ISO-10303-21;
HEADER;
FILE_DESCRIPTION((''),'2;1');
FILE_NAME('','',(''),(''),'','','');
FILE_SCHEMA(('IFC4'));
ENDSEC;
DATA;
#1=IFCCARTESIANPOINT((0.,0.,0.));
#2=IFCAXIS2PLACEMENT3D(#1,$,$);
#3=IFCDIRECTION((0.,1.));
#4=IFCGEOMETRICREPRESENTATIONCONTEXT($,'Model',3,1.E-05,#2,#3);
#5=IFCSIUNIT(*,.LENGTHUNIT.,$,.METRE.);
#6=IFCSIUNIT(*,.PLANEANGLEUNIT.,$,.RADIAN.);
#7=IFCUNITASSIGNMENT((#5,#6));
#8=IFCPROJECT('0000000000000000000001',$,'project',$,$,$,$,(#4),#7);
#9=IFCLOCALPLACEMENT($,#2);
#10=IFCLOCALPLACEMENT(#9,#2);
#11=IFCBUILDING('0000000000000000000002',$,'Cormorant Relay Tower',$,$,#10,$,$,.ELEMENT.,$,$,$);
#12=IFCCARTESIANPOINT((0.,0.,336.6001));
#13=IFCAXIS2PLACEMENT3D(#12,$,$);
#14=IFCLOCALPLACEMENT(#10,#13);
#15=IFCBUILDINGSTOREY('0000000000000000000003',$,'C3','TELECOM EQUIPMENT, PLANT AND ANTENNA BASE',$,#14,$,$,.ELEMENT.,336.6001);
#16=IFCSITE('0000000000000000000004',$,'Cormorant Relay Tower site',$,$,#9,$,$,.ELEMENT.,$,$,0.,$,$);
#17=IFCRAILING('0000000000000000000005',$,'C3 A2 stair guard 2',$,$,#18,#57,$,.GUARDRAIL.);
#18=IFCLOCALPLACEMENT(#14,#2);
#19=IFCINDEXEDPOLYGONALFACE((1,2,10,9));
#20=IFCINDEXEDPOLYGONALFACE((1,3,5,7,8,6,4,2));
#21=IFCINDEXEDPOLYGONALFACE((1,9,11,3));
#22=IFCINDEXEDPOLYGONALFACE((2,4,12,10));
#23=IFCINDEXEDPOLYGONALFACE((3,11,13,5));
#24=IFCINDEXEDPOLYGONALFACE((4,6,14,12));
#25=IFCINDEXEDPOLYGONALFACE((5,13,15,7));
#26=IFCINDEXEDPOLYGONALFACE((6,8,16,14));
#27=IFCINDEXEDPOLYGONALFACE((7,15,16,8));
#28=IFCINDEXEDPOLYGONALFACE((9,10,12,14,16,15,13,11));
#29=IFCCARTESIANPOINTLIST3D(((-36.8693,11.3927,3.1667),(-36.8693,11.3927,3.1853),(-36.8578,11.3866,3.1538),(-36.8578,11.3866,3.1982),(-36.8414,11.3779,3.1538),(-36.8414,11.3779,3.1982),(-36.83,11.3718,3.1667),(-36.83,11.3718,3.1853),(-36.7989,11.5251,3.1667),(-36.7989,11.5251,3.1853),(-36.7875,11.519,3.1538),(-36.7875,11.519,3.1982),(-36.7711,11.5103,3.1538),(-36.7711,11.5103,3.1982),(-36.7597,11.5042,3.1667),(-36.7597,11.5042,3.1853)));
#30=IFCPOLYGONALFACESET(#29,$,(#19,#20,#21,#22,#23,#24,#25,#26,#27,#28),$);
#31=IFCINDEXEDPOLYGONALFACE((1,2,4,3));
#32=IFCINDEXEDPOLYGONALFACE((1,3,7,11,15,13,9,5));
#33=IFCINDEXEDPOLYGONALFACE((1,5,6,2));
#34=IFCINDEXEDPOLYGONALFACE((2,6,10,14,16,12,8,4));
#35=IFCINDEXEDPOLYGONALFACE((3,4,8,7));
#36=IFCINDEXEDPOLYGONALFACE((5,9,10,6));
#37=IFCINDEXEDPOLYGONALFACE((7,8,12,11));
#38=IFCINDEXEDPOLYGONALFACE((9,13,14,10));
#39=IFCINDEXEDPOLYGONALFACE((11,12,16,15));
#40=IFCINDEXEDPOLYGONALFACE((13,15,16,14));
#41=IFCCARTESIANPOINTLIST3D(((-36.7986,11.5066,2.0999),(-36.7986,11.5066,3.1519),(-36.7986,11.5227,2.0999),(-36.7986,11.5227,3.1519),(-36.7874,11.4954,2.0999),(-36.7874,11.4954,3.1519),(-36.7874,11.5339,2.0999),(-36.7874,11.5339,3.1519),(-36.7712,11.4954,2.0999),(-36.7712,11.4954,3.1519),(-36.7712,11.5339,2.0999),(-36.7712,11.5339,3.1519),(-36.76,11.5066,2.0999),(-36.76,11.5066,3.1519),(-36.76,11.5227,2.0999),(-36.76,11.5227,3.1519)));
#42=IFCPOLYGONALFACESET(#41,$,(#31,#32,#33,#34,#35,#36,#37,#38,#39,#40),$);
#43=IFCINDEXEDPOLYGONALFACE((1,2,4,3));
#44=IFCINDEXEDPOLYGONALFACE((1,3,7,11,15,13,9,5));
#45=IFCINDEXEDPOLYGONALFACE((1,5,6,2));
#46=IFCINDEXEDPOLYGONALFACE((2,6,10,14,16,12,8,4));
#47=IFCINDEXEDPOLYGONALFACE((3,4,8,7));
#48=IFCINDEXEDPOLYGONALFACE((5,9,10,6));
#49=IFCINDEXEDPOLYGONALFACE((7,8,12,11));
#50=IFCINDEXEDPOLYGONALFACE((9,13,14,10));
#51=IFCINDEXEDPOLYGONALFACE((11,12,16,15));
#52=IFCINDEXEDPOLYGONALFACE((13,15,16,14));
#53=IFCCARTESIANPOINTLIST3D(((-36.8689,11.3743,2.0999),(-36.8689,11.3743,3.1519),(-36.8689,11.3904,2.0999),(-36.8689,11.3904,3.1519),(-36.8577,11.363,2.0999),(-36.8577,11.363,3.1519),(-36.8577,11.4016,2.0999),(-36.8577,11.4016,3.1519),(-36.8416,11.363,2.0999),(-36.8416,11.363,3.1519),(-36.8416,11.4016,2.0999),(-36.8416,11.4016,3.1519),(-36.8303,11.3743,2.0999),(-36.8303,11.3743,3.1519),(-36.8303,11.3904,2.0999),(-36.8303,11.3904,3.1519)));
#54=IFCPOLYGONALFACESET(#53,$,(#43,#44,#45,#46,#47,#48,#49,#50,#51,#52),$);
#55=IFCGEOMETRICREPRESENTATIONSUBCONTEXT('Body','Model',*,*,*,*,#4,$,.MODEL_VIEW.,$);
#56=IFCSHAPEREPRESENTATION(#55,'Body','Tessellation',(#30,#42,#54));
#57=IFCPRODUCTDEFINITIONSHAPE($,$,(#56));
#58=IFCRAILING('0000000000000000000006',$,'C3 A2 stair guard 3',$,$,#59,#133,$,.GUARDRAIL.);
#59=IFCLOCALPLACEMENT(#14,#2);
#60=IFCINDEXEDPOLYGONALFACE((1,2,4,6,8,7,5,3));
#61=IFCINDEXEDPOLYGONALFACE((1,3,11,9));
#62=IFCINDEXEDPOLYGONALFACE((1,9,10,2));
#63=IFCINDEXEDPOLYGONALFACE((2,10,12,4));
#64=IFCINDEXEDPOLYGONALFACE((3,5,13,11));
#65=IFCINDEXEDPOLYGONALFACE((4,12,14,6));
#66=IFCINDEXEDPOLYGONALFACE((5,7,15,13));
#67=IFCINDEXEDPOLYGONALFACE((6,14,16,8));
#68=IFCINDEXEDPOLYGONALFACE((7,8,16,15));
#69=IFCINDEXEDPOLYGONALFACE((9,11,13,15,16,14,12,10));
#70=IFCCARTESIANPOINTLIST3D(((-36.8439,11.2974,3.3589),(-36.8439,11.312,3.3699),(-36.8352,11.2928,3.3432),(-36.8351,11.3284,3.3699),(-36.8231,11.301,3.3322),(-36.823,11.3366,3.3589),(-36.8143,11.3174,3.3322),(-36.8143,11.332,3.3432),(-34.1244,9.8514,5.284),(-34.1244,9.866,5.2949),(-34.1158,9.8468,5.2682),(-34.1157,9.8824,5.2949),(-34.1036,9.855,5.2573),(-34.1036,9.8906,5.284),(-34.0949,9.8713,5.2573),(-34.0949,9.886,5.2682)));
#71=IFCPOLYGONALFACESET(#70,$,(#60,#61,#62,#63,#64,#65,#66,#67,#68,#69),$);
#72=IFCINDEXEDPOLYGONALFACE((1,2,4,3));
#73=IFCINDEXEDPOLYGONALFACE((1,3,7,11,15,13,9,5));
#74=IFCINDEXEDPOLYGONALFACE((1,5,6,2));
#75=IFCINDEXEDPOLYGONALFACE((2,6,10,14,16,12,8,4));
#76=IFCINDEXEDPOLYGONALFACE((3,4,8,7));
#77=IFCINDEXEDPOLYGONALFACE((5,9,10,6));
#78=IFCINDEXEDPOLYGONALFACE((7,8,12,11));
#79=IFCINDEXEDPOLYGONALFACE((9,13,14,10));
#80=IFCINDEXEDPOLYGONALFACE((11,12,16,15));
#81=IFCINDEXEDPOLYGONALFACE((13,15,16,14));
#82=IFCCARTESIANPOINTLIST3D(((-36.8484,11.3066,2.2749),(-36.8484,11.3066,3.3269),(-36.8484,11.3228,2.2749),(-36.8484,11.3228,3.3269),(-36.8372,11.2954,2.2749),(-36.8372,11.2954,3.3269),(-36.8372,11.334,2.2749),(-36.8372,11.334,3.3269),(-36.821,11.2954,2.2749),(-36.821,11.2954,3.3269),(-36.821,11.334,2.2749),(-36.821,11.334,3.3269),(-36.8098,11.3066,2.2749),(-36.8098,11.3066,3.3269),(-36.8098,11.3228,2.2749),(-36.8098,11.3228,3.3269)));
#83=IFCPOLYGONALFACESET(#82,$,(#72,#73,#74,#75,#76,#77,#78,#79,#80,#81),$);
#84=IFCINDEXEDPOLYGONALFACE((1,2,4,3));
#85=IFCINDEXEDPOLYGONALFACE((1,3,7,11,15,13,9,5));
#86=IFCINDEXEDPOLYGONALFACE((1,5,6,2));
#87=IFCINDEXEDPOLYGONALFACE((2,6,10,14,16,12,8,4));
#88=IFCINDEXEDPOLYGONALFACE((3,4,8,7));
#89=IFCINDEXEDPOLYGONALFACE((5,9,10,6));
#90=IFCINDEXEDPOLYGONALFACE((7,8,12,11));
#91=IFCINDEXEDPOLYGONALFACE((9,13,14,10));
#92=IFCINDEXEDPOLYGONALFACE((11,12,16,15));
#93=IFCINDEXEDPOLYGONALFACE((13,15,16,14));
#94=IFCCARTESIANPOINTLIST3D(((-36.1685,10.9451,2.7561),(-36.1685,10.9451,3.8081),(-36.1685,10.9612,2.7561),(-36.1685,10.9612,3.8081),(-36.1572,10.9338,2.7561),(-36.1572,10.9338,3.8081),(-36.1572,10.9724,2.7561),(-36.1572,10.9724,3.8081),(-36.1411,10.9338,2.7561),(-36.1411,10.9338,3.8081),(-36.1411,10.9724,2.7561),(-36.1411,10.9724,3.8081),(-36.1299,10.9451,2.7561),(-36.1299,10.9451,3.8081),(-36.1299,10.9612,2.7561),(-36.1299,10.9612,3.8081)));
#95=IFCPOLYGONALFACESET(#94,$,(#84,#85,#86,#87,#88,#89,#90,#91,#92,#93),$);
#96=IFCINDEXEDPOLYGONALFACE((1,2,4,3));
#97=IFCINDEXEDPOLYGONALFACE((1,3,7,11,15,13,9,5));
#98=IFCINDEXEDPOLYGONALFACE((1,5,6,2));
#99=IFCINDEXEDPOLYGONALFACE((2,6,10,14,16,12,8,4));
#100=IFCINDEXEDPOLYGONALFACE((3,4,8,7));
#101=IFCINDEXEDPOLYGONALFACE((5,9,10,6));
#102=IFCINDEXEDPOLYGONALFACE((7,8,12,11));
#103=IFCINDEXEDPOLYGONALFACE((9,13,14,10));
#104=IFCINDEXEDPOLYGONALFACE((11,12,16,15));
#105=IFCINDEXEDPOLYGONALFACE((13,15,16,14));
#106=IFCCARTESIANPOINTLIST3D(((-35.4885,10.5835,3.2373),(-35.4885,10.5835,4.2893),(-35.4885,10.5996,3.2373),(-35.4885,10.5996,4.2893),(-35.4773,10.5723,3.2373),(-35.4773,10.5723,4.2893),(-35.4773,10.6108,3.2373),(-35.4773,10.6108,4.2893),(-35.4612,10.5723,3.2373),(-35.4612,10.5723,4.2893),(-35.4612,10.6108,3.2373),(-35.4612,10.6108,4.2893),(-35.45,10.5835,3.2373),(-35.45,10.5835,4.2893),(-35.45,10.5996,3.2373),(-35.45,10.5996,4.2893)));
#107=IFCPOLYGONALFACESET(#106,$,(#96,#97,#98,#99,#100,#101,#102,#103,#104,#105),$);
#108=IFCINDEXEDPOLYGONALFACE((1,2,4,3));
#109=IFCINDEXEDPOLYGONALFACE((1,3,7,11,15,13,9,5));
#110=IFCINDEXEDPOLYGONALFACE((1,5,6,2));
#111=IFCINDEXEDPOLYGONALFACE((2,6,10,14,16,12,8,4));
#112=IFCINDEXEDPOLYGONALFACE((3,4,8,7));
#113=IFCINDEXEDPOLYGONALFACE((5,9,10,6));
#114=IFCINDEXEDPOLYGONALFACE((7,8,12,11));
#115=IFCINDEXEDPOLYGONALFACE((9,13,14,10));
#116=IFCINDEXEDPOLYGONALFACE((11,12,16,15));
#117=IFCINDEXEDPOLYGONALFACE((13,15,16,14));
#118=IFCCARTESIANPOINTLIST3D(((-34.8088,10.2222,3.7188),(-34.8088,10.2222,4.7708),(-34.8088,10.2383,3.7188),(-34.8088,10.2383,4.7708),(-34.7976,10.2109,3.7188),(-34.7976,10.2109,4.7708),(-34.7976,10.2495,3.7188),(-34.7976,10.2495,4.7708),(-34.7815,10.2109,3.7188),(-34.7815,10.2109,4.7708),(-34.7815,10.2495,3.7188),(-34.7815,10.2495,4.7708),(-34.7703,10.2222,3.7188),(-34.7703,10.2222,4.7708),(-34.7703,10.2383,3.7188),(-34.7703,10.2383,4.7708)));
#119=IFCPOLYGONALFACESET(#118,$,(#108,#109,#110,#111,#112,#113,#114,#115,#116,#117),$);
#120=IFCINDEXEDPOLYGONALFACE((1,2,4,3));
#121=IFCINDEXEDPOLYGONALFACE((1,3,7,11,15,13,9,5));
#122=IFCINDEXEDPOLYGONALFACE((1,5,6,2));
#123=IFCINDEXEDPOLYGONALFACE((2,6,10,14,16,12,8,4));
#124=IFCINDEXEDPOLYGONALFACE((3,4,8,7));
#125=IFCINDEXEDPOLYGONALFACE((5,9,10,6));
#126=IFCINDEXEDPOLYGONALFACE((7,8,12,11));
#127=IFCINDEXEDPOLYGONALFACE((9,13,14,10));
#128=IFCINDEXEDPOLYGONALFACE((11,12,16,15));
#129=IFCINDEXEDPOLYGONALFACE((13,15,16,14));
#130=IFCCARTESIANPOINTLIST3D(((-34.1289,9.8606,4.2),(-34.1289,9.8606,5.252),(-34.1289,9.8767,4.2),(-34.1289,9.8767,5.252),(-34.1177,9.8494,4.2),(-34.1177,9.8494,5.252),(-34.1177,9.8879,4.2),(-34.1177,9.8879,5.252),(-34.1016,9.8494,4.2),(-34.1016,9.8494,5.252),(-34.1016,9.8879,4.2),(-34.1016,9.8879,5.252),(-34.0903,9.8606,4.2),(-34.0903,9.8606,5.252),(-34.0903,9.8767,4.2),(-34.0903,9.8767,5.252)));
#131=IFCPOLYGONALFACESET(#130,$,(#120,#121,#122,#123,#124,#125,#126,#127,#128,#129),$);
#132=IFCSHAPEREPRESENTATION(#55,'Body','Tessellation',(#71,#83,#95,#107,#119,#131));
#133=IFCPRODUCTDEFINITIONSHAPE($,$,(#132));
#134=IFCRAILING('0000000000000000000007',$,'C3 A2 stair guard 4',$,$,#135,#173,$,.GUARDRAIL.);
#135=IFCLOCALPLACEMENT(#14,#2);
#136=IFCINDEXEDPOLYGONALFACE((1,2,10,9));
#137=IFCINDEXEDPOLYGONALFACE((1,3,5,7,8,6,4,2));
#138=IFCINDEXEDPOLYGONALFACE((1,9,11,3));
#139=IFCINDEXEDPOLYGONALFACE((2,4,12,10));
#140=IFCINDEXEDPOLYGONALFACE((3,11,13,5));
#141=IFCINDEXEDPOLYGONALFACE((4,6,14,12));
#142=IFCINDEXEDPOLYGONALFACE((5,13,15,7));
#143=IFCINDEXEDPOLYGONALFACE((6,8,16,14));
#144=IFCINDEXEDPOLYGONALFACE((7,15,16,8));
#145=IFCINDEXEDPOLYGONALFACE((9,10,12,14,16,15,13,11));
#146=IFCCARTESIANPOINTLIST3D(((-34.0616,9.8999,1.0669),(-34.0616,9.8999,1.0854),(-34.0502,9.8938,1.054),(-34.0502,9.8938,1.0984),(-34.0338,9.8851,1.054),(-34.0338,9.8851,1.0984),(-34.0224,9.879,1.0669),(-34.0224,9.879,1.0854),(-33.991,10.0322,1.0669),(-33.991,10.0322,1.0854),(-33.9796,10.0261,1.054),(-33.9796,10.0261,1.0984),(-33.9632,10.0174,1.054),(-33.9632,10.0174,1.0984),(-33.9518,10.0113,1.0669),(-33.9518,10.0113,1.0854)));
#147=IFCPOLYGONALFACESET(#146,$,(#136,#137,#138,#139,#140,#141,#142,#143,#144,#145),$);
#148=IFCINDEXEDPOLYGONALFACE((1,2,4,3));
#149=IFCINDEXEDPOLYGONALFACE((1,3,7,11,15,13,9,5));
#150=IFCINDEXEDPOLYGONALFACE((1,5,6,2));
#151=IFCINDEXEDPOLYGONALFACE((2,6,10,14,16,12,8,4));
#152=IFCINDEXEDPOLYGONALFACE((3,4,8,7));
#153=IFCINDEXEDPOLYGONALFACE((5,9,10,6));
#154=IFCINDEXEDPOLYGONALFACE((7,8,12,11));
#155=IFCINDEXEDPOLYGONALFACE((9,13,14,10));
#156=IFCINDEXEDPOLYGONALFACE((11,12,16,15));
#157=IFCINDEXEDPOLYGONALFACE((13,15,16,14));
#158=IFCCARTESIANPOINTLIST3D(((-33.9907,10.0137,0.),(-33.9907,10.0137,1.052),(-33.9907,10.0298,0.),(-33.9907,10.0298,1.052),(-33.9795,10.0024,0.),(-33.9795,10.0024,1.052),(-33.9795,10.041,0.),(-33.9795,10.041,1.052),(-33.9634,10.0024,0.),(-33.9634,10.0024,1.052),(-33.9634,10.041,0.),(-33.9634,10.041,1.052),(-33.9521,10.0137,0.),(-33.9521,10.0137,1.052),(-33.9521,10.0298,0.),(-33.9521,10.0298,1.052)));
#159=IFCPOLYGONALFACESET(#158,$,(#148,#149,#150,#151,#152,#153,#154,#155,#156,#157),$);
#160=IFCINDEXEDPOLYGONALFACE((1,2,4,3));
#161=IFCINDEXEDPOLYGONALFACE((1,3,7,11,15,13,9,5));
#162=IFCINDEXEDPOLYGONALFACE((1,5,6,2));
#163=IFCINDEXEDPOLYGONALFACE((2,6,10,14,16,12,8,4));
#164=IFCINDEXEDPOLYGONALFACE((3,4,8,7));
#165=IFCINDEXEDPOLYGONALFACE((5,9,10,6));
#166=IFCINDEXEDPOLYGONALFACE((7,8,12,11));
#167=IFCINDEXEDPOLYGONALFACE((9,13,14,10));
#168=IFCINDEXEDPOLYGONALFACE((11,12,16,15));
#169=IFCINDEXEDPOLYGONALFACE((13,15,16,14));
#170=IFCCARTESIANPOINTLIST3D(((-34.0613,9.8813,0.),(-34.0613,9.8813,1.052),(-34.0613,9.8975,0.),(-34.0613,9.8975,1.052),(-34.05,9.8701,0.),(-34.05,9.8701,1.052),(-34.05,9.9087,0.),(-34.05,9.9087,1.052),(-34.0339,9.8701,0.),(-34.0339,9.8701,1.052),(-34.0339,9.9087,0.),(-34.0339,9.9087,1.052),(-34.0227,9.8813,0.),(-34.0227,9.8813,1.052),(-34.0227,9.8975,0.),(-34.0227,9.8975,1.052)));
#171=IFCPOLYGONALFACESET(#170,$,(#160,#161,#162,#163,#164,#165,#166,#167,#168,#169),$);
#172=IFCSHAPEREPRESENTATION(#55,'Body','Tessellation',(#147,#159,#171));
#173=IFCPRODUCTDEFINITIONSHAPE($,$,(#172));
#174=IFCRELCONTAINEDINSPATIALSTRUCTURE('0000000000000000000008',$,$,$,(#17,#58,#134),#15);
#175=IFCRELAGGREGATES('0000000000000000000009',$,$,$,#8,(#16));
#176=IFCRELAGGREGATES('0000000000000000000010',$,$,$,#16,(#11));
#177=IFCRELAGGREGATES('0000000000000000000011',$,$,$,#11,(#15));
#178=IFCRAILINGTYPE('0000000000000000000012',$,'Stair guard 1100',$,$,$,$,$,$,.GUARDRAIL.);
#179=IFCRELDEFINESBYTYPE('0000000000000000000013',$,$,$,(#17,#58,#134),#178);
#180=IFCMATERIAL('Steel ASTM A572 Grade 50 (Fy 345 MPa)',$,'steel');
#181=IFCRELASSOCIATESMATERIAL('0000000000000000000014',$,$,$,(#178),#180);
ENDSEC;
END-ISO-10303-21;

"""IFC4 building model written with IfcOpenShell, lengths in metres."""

from ifc_helpers import new_model, si_unit, direction, frame, origin, place, context, subcontext, project, spatial, polyline, outline, extrude, material, type_object, element, save


model = new_model("IFC4")

# Units and contexts
model_context = context("Model", 3, precision=1e-05, world=origin(), true_north=direction((0.0, 1.0)))
body_context = subcontext(model_context, "Body", "Model", "MODEL_VIEW")
ifc_project = project(units=[si_unit("LENGTHUNIT", "METRE"), si_unit("PLANEANGLEUNIT", "RADIAN")], contexts=[model_context])

# Site, building, storey
site_placement = place(None, origin())
site = spatial("IfcSite", under=ifc_project, at=site_placement, Name="Cormorant Relay Tower site", CompositionType="ELEMENT", RefElevation=0.0)
building_placement = place(site_placement, origin())
building = spatial("IfcBuilding", under=site, at=building_placement, Name="Cormorant Relay Tower", CompositionType="ELEMENT")
storey_placement = place(building_placement, frame((0.0, 0.0, 336.6001)))
storey = spatial("IfcBuildingStorey", under=building, at=storey_placement, Name="C3", Description="TELECOM EQUIPMENT, PLANT AND ANTENNA BASE", CompositionType="ELEMENT", Elevation=336.6001)

# Railings
ifc_material_1 = material(Name="Steel ASTM A572 Grade 50 (Fy 345 MPa)", Category="steel")
railing_type_1 = type_object("IfcRailingType", Name="Stair guard 1100", PredefinedType="GUARDRAIL", material=ifc_material_1)
railing_1_placement = place(storey_placement, frame((-36.7793, 11.5146, 2.0999)))
element("IfcRailing", 1, at=railing_1_placement, inside=storey, type_object=railing_type_1, Name="C3 A2 stair guard 2", PredefinedType="GUARDRAIL", context=body_context, shape_type="SweptSolid", body=[
    extrude(outline(polyline([(0.0222, 0.0093), (0.0093, 0.0222), (-0.0093, 0.0222), (-0.0222, 0.0093), (-0.0222, -0.0093), (-0.0093, -0.0222), (0.0093, -0.0222), (0.0222, -0.0093), (0.0222, 0.0093)])), frame((0.0, 0.0, 1.0762), z_axis=(-0.469235, -0.883074, 0.0), x_axis=(0.883074, -0.469235, 0.0)), (0.0, 0.0, 1.0), 0.1499),
    extrude(outline(polyline([(0.0193, 0.0081), (0.0081, 0.0193), (-0.0081, 0.0193), (-0.0193, 0.0081), (-0.0193, -0.0081), (-0.0081, -0.0193), (0.0081, -0.0193), (0.0193, -0.0081), (0.0193, 0.0081)])), origin(), (0.0, 0.0, 1.0), 1.052),
    extrude(outline(polyline([(0.0193, 0.0081), (0.0081, 0.0193), (-0.0081, 0.0193), (-0.0193, 0.0081), (-0.0193, -0.0081), (-0.0081, -0.0193), (0.0081, -0.0193), (0.0193, -0.0081), (0.0193, 0.0081)])), frame((-0.0703, -0.1323, 0.0)), (0.0, 0.0, 1.0), 1.052),
])
railing_2_placement = place(storey_placement, frame((-36.8291, 11.3147, 2.2749)))
element("IfcRailing", 2, at=railing_2_placement, inside=storey, type_object=railing_type_1, Name="C3 A2 stair guard 3", PredefinedType="GUARDRAIL", context=body_context, shape_type="SweptSolid", body=[
    extrude(outline(polyline([(0.0222, 0.0093), (0.0093, 0.0222), (-0.0093, 0.0222), (-0.0222, 0.0093), (-0.0222, -0.0093), (-0.0093, -0.0222), (0.0093, -0.0222), (0.0222, -0.0093), (0.0222, 0.0093)])), frame((0.0, 0.0, 1.0762), z_axis=(0.748727, -0.398125, 0.530004), x_axis=(0.469489, 0.882938, 0.0)), (0.0, 0.0, 1.0), 3.6321),
    extrude(outline(polyline([(0.0193, 0.0081), (0.0081, 0.0193), (-0.0081, 0.0193), (-0.0193, 0.0081), (-0.0193, -0.0081), (-0.0081, -0.0193), (0.0081, -0.0193), (0.0193, -0.0081), (0.0193, 0.0081)])), origin(), (0.0, 0.0, 1.0), 1.052),
    extrude(outline(polyline([(0.0193, 0.0081), (0.0081, 0.0193), (-0.0081, 0.0193), (-0.0193, 0.0081), (-0.0193, -0.0081), (-0.0081, -0.0193), (0.0081, -0.0193), (0.0193, -0.0081), (0.0193, 0.0081)])), frame((0.6799, -0.3616, 0.4812)), (0.0, 0.0, 1.0), 1.052),
    extrude(outline(polyline([(0.0193, 0.0081), (0.0081, 0.0193), (-0.0081, 0.0193), (-0.0193, 0.0081), (-0.0193, -0.0081), (-0.0081, -0.0193), (0.0081, -0.0193), (0.0193, -0.0081), (0.0193, 0.0081)])), frame((1.3599, -0.7231, 0.9624)), (0.0, 0.0, 1.0), 1.052),
    extrude(outline(polyline([(0.0193, 0.0081), (0.0081, 0.0193), (-0.0081, 0.0193), (-0.0193, 0.0081), (-0.0193, -0.0081), (-0.0081, -0.0193), (0.0081, -0.0193), (0.0193, -0.0081), (0.0193, 0.0081)])), frame((2.0396, -1.0845, 1.4438)), (0.0, 0.0, 1.0), 1.052),
    extrude(outline(polyline([(0.0193, 0.0081), (0.0081, 0.0193), (-0.0081, 0.0193), (-0.0193, 0.0081), (-0.0193, -0.0081), (-0.0081, -0.0193), (0.0081, -0.0193), (0.0193, -0.0081), (0.0193, 0.0081)])), frame((2.7195, -1.446, 1.925)), (0.0, 0.0, 1.0), 1.052),
])
railing_3_placement = place(storey_placement, frame((-33.9714, 10.0217, 0.0)))
element("IfcRailing", 3, at=railing_3_placement, inside=storey, type_object=railing_type_1, Name="C3 A2 stair guard 4", PredefinedType="GUARDRAIL", context=body_context, shape_type="SweptSolid", body=[
    extrude(outline(polyline([(0.0222, 0.0093), (0.0093, 0.0222), (-0.0093, 0.0222), (-0.0222, 0.0093), (-0.0222, -0.0093), (-0.0093, -0.0222), (0.0093, -0.0222), (0.0222, -0.0093), (0.0222, 0.0093)])), frame((0.0, 0.0, 1.0762), z_axis=(-0.470504, -0.882398, 0.0), x_axis=(0.882398, -0.470504, 0.0)), (0.0, 0.0, 1.0), 0.1499),
    extrude(outline(polyline([(0.0193, 0.0081), (0.0081, 0.0193), (-0.0081, 0.0193), (-0.0193, 0.0081), (-0.0193, -0.0081), (-0.0081, -0.0193), (0.0081, -0.0193), (0.0193, -0.0081), (0.0193, 0.0081)])), origin(), (0.0, 0.0, 1.0), 1.052),
    extrude(outline(polyline([(0.0193, 0.0081), (0.0081, 0.0193), (-0.0081, 0.0193), (-0.0193, 0.0081), (-0.0193, -0.0081), (-0.0081, -0.0193), (0.0081, -0.0193), (0.0193, -0.0081), (0.0193, 0.0081)])), frame((-0.0706, -0.1323, 0.0)), (0.0, 0.0, 1.0), 1.052),
])

save(model, "model.ifc")
